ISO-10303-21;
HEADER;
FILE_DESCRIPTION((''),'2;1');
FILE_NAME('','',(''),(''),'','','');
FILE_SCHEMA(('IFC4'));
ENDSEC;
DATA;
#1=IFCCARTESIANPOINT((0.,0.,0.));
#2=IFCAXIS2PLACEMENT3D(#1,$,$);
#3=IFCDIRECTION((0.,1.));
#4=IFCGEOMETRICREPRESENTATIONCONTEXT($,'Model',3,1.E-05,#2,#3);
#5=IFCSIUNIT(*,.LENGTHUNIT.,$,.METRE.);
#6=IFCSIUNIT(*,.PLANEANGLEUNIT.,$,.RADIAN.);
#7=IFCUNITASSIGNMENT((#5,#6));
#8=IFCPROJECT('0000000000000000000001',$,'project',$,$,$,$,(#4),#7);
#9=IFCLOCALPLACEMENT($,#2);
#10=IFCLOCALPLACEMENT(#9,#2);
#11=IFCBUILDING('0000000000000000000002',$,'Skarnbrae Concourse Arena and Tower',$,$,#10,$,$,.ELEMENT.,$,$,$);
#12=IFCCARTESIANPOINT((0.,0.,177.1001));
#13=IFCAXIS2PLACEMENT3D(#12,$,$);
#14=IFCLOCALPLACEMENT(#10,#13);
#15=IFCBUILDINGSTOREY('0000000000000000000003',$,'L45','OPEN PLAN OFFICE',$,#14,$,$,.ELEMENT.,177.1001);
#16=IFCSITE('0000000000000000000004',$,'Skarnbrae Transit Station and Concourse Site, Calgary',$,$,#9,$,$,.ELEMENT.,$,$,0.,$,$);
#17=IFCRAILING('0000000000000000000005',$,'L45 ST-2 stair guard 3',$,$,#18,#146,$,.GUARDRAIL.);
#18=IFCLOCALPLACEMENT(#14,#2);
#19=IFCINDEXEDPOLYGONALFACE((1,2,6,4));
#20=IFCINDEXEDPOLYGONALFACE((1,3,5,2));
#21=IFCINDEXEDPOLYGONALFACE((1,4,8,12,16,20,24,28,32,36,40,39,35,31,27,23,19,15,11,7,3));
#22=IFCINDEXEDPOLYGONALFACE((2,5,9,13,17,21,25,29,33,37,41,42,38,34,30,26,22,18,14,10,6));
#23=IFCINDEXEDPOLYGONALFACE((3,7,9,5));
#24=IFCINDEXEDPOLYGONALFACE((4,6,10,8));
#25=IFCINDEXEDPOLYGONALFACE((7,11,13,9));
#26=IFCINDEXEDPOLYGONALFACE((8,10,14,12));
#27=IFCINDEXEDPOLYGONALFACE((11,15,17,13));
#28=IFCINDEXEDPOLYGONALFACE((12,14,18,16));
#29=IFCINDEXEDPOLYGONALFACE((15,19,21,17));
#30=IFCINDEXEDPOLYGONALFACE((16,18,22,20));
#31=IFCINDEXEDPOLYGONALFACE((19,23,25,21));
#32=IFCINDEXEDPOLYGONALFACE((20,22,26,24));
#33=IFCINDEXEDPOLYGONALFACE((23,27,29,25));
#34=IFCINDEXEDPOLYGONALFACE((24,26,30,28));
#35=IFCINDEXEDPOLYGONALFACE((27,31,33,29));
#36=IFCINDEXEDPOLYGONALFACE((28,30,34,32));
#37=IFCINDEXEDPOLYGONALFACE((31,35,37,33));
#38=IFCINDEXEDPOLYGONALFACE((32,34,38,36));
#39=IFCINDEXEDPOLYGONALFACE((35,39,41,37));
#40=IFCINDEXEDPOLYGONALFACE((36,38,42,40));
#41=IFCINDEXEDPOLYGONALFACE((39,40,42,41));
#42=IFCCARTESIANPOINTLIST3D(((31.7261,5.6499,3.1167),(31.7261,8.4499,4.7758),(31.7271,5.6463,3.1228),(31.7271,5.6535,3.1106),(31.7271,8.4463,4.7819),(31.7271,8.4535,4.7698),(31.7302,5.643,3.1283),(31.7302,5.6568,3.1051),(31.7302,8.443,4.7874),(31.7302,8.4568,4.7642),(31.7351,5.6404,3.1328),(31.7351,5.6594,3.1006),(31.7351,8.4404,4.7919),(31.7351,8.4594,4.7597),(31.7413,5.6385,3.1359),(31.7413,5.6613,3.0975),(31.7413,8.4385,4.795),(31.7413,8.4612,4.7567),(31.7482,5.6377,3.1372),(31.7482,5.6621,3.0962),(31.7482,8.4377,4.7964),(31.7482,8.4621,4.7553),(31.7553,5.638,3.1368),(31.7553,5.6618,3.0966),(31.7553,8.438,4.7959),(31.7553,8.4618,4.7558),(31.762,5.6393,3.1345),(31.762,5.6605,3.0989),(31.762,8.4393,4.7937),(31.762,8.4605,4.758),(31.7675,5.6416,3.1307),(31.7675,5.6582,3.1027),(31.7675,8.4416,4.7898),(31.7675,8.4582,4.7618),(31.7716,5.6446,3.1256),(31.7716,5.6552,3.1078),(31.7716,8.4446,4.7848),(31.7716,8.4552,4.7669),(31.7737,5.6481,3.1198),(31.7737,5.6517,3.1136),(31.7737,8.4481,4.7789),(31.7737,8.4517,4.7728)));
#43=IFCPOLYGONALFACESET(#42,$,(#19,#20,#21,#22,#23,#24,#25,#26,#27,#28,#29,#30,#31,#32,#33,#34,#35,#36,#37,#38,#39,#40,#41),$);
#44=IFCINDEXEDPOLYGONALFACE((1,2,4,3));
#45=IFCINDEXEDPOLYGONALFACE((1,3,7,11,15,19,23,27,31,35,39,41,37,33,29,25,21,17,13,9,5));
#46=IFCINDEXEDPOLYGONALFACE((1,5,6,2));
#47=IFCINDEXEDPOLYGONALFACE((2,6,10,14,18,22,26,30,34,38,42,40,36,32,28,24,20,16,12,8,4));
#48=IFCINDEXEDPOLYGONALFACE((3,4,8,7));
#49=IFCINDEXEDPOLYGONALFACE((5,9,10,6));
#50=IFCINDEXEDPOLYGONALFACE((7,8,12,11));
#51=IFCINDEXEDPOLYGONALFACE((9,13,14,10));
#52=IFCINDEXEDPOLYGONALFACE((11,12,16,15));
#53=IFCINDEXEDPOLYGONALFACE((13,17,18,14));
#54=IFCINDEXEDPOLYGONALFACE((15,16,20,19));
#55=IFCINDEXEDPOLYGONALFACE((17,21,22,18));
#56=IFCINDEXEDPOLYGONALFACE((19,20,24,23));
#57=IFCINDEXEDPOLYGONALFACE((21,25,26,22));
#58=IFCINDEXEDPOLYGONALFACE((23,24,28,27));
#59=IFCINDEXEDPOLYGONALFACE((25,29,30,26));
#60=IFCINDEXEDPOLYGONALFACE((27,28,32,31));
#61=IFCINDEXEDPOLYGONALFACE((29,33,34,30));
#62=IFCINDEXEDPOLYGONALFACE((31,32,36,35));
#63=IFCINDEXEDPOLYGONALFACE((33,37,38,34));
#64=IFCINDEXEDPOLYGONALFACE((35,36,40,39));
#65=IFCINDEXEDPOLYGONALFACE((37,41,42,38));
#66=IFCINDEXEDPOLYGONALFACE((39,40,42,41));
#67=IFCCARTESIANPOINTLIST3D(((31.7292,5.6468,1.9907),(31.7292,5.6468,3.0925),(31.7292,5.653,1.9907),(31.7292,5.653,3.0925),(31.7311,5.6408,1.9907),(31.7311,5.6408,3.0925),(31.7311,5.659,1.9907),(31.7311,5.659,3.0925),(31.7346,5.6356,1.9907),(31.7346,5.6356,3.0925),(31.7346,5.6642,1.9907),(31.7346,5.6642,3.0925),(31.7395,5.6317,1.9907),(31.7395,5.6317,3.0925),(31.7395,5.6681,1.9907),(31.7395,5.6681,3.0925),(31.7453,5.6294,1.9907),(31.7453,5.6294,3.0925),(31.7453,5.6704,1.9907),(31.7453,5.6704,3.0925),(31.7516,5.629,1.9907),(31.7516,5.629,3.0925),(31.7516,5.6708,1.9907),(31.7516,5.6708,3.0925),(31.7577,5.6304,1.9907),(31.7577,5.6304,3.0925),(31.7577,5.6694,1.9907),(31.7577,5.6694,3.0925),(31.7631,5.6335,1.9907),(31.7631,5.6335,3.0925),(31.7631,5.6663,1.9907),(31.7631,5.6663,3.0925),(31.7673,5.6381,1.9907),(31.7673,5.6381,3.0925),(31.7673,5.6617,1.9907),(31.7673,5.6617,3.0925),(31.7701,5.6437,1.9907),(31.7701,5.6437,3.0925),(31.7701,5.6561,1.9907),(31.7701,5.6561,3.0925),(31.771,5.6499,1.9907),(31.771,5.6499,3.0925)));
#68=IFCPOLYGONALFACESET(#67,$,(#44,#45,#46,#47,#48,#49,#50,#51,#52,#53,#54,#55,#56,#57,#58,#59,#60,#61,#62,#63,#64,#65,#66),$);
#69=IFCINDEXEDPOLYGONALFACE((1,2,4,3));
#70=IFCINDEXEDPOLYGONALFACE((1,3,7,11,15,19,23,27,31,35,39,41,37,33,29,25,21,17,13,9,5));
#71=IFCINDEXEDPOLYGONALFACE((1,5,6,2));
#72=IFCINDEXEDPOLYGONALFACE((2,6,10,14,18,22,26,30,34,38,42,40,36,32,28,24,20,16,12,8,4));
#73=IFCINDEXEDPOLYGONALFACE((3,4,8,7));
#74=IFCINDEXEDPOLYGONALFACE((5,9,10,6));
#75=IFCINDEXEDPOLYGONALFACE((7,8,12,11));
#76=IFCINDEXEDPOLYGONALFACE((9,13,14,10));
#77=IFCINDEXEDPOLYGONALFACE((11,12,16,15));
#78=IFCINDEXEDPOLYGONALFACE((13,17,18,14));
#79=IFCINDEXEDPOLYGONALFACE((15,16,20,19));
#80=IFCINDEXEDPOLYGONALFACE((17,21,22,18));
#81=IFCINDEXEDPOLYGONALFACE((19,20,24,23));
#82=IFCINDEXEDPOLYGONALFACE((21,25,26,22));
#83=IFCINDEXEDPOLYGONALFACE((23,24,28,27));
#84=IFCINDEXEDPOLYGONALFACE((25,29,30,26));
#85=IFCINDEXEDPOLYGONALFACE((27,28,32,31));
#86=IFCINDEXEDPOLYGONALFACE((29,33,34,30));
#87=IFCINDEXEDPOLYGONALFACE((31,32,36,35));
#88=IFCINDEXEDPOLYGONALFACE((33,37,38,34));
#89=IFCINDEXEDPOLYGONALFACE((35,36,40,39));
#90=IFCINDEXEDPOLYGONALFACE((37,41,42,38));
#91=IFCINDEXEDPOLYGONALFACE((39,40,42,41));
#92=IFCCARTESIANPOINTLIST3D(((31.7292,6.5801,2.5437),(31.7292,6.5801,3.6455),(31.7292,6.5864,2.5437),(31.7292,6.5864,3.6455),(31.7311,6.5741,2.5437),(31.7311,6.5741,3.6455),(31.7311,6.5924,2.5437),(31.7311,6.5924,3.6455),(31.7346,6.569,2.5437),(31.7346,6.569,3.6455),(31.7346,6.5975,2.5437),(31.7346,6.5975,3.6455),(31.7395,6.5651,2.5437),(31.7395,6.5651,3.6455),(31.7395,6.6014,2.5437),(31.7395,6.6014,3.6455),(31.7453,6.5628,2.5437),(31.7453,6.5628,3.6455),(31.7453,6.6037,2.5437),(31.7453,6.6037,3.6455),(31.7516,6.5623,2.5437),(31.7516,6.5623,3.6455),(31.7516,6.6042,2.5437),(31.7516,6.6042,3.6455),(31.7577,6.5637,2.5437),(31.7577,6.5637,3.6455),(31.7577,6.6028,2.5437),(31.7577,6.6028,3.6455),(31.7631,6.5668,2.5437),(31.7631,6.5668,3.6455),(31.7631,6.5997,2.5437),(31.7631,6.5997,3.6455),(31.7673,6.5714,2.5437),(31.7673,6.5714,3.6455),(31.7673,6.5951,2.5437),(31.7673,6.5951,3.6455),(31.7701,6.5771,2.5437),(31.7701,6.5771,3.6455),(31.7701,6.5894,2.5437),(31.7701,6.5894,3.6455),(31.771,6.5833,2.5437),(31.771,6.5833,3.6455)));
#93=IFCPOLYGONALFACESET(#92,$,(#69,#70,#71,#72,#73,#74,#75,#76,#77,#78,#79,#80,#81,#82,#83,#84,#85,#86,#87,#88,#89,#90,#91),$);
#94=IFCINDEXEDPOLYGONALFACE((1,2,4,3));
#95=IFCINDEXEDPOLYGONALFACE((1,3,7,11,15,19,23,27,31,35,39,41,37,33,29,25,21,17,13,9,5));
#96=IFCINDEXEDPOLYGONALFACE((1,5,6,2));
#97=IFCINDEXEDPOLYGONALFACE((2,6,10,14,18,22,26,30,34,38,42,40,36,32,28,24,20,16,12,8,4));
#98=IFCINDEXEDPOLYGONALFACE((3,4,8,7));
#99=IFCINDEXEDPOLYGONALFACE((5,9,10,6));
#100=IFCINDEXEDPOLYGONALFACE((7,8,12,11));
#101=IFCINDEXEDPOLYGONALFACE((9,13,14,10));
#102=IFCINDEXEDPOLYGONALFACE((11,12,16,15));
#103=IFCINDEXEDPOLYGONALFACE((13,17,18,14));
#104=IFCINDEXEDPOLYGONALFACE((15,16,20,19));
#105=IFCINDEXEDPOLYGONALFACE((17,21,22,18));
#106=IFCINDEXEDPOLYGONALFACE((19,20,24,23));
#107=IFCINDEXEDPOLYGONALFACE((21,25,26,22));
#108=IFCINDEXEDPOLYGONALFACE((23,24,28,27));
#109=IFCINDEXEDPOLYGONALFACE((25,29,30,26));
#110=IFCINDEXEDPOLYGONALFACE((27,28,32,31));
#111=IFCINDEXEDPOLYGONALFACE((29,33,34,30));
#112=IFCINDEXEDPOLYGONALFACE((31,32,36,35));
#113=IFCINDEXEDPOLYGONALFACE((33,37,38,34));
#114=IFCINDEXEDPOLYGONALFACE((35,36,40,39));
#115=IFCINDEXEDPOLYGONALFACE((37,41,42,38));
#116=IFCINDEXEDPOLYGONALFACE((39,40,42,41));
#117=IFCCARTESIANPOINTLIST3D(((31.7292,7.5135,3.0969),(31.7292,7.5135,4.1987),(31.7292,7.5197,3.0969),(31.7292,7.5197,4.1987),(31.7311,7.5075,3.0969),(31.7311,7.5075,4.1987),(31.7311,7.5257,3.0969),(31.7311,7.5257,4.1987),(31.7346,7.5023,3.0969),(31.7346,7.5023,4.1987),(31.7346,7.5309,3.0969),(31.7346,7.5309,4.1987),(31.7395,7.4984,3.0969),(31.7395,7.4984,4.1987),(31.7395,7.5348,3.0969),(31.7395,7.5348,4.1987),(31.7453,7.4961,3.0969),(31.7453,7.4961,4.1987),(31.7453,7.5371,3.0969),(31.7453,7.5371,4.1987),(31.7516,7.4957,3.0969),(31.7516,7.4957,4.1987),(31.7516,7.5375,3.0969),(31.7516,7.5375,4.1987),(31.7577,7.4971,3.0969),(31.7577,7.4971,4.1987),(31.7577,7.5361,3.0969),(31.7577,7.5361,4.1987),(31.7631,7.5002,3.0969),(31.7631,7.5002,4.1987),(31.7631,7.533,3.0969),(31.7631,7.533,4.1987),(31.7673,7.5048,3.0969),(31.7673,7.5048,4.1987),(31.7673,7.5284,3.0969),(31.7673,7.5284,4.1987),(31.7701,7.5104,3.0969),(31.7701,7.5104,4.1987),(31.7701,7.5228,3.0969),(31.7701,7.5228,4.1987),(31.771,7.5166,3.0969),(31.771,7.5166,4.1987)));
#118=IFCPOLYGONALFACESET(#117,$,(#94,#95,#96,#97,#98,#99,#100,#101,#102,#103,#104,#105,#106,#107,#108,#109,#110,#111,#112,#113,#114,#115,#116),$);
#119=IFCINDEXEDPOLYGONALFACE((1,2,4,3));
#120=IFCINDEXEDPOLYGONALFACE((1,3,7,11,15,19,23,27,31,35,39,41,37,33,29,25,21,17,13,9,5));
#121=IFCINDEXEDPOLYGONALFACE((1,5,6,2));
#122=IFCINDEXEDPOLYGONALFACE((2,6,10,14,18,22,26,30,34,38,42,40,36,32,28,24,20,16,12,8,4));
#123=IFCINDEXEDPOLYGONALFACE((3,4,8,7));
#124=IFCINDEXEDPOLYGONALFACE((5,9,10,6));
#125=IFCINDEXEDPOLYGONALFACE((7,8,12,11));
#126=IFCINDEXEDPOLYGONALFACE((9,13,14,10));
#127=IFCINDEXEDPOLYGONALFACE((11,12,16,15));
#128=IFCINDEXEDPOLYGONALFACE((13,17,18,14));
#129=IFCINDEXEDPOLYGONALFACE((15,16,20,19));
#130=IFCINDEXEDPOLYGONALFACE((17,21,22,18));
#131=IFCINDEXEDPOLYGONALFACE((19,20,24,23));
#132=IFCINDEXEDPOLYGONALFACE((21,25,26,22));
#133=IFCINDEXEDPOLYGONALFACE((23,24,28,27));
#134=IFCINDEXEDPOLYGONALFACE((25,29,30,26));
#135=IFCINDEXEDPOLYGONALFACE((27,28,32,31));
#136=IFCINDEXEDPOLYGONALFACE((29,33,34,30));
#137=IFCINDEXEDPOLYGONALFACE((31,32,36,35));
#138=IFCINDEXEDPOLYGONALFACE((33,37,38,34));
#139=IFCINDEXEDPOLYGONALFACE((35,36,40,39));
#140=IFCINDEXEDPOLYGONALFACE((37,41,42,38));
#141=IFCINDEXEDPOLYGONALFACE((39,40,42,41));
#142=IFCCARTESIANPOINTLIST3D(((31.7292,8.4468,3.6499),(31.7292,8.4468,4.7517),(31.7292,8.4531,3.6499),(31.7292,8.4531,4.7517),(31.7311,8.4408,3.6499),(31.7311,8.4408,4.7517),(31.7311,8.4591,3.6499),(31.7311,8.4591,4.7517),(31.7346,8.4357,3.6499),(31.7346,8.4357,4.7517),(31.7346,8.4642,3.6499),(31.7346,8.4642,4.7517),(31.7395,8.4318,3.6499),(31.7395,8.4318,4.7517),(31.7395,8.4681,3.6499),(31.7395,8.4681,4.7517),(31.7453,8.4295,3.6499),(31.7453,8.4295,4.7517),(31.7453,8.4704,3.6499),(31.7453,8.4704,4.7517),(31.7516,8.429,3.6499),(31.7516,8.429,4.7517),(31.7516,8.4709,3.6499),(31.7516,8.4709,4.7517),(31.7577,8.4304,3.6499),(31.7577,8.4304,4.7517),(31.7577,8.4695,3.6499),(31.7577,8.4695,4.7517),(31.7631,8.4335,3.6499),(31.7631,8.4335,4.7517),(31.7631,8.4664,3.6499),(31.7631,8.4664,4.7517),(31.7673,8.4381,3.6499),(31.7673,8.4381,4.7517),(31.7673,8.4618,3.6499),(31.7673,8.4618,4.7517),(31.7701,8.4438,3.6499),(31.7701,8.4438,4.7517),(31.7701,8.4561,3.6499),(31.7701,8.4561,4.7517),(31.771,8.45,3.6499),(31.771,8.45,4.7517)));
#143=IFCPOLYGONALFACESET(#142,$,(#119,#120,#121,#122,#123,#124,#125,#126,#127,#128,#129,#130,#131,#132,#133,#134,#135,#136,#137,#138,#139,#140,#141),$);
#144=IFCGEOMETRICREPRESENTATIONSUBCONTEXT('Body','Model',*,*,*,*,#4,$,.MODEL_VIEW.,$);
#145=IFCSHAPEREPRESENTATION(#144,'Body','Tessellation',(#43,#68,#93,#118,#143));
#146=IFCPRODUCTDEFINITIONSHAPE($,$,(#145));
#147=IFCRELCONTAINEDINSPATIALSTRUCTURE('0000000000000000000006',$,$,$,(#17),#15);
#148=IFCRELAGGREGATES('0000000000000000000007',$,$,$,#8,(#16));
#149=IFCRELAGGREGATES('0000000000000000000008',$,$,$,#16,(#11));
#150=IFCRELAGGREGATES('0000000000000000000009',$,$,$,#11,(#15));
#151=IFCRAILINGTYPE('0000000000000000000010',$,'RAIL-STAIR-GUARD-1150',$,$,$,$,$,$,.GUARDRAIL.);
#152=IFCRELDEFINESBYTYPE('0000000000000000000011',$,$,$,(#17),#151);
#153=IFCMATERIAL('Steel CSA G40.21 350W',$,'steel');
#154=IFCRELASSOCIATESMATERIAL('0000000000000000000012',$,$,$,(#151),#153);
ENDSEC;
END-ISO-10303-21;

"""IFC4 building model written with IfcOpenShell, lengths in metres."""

from ifc_helpers import new_model, si_unit, direction, frame, origin, origin_2d, place, context, subcontext, project, spatial, circle, extrude, material, type_object, element, save


model = new_model("IFC4")

# Units and contexts
model_context = context("Model", 3, precision=1e-05, world=origin(), true_north=direction((0.0, 1.0)))
body_context = subcontext(model_context, "Body", "Model", "MODEL_VIEW")
ifc_project = project(units=[si_unit("LENGTHUNIT", "METRE"), si_unit("PLANEANGLEUNIT", "RADIAN")], contexts=[model_context])

# Site, building, storey
site_placement = place(None, origin())
site = spatial("IfcSite", under=ifc_project, at=site_placement, Name="Skarnbrae Transit Station and Concourse Site, Calgary", CompositionType="ELEMENT", RefElevation=0.0)
building_placement = place(site_placement, origin())
building = spatial("IfcBuilding", under=site, at=building_placement, Name="Skarnbrae Concourse Arena and Tower", CompositionType="ELEMENT")
storey_placement = place(building_placement, frame((0.0, 0.0, 177.1001)))
storey = spatial("IfcBuildingStorey", under=building, at=storey_placement, Name="L45", Description="OPEN PLAN OFFICE", CompositionType="ELEMENT", Elevation=177.1001)

# Shared definitions
ifc_material_1 = material(Name="Steel CSA G40.21 350W", Category="steel")

# Railing
railing_type_1 = type_object("IfcRailingType", Name="RAIL-STAIR-GUARD-1150", PredefinedType="GUARDRAIL", material=ifc_material_1)
railing_1_placement = place(storey_placement, frame((31.75, 5.6499, 1.9907)))
element("IfcRailing", 1, at=railing_1_placement, inside=storey, type_object=railing_type_1, Name="L45 ST-2 stair guard 3", PredefinedType="GUARDRAIL", context=body_context, shape_type="SweptSolid", body=[
    extrude(circle(Radius=0.0239, at=origin_2d()), frame((0.0, 0.0, 1.126), z_axis=(0.0, 0.860306, 0.509778), x_axis=(-1.0, 0.0, 0.0)), (0.0, 0.0, 1.0), 3.2546),
    extrude(circle(Radius=0.021, at=origin_2d()), origin(), (0.0, 0.0, 1.0), 1.1018),
    extrude(circle(Radius=0.021, at=origin_2d()), frame((0.0, 0.9333, 0.553)), (0.0, 0.0, 1.0), 1.1018),
    extrude(circle(Radius=0.021, at=origin_2d()), frame((0.0, 1.8667, 1.1062)), (0.0, 0.0, 1.0), 1.1018),
    extrude(circle(Radius=0.021, at=origin_2d()), frame((0.0, 2.8, 1.6592)), (0.0, 0.0, 1.0), 1.1018),
])

save(model, "model.ifc")
